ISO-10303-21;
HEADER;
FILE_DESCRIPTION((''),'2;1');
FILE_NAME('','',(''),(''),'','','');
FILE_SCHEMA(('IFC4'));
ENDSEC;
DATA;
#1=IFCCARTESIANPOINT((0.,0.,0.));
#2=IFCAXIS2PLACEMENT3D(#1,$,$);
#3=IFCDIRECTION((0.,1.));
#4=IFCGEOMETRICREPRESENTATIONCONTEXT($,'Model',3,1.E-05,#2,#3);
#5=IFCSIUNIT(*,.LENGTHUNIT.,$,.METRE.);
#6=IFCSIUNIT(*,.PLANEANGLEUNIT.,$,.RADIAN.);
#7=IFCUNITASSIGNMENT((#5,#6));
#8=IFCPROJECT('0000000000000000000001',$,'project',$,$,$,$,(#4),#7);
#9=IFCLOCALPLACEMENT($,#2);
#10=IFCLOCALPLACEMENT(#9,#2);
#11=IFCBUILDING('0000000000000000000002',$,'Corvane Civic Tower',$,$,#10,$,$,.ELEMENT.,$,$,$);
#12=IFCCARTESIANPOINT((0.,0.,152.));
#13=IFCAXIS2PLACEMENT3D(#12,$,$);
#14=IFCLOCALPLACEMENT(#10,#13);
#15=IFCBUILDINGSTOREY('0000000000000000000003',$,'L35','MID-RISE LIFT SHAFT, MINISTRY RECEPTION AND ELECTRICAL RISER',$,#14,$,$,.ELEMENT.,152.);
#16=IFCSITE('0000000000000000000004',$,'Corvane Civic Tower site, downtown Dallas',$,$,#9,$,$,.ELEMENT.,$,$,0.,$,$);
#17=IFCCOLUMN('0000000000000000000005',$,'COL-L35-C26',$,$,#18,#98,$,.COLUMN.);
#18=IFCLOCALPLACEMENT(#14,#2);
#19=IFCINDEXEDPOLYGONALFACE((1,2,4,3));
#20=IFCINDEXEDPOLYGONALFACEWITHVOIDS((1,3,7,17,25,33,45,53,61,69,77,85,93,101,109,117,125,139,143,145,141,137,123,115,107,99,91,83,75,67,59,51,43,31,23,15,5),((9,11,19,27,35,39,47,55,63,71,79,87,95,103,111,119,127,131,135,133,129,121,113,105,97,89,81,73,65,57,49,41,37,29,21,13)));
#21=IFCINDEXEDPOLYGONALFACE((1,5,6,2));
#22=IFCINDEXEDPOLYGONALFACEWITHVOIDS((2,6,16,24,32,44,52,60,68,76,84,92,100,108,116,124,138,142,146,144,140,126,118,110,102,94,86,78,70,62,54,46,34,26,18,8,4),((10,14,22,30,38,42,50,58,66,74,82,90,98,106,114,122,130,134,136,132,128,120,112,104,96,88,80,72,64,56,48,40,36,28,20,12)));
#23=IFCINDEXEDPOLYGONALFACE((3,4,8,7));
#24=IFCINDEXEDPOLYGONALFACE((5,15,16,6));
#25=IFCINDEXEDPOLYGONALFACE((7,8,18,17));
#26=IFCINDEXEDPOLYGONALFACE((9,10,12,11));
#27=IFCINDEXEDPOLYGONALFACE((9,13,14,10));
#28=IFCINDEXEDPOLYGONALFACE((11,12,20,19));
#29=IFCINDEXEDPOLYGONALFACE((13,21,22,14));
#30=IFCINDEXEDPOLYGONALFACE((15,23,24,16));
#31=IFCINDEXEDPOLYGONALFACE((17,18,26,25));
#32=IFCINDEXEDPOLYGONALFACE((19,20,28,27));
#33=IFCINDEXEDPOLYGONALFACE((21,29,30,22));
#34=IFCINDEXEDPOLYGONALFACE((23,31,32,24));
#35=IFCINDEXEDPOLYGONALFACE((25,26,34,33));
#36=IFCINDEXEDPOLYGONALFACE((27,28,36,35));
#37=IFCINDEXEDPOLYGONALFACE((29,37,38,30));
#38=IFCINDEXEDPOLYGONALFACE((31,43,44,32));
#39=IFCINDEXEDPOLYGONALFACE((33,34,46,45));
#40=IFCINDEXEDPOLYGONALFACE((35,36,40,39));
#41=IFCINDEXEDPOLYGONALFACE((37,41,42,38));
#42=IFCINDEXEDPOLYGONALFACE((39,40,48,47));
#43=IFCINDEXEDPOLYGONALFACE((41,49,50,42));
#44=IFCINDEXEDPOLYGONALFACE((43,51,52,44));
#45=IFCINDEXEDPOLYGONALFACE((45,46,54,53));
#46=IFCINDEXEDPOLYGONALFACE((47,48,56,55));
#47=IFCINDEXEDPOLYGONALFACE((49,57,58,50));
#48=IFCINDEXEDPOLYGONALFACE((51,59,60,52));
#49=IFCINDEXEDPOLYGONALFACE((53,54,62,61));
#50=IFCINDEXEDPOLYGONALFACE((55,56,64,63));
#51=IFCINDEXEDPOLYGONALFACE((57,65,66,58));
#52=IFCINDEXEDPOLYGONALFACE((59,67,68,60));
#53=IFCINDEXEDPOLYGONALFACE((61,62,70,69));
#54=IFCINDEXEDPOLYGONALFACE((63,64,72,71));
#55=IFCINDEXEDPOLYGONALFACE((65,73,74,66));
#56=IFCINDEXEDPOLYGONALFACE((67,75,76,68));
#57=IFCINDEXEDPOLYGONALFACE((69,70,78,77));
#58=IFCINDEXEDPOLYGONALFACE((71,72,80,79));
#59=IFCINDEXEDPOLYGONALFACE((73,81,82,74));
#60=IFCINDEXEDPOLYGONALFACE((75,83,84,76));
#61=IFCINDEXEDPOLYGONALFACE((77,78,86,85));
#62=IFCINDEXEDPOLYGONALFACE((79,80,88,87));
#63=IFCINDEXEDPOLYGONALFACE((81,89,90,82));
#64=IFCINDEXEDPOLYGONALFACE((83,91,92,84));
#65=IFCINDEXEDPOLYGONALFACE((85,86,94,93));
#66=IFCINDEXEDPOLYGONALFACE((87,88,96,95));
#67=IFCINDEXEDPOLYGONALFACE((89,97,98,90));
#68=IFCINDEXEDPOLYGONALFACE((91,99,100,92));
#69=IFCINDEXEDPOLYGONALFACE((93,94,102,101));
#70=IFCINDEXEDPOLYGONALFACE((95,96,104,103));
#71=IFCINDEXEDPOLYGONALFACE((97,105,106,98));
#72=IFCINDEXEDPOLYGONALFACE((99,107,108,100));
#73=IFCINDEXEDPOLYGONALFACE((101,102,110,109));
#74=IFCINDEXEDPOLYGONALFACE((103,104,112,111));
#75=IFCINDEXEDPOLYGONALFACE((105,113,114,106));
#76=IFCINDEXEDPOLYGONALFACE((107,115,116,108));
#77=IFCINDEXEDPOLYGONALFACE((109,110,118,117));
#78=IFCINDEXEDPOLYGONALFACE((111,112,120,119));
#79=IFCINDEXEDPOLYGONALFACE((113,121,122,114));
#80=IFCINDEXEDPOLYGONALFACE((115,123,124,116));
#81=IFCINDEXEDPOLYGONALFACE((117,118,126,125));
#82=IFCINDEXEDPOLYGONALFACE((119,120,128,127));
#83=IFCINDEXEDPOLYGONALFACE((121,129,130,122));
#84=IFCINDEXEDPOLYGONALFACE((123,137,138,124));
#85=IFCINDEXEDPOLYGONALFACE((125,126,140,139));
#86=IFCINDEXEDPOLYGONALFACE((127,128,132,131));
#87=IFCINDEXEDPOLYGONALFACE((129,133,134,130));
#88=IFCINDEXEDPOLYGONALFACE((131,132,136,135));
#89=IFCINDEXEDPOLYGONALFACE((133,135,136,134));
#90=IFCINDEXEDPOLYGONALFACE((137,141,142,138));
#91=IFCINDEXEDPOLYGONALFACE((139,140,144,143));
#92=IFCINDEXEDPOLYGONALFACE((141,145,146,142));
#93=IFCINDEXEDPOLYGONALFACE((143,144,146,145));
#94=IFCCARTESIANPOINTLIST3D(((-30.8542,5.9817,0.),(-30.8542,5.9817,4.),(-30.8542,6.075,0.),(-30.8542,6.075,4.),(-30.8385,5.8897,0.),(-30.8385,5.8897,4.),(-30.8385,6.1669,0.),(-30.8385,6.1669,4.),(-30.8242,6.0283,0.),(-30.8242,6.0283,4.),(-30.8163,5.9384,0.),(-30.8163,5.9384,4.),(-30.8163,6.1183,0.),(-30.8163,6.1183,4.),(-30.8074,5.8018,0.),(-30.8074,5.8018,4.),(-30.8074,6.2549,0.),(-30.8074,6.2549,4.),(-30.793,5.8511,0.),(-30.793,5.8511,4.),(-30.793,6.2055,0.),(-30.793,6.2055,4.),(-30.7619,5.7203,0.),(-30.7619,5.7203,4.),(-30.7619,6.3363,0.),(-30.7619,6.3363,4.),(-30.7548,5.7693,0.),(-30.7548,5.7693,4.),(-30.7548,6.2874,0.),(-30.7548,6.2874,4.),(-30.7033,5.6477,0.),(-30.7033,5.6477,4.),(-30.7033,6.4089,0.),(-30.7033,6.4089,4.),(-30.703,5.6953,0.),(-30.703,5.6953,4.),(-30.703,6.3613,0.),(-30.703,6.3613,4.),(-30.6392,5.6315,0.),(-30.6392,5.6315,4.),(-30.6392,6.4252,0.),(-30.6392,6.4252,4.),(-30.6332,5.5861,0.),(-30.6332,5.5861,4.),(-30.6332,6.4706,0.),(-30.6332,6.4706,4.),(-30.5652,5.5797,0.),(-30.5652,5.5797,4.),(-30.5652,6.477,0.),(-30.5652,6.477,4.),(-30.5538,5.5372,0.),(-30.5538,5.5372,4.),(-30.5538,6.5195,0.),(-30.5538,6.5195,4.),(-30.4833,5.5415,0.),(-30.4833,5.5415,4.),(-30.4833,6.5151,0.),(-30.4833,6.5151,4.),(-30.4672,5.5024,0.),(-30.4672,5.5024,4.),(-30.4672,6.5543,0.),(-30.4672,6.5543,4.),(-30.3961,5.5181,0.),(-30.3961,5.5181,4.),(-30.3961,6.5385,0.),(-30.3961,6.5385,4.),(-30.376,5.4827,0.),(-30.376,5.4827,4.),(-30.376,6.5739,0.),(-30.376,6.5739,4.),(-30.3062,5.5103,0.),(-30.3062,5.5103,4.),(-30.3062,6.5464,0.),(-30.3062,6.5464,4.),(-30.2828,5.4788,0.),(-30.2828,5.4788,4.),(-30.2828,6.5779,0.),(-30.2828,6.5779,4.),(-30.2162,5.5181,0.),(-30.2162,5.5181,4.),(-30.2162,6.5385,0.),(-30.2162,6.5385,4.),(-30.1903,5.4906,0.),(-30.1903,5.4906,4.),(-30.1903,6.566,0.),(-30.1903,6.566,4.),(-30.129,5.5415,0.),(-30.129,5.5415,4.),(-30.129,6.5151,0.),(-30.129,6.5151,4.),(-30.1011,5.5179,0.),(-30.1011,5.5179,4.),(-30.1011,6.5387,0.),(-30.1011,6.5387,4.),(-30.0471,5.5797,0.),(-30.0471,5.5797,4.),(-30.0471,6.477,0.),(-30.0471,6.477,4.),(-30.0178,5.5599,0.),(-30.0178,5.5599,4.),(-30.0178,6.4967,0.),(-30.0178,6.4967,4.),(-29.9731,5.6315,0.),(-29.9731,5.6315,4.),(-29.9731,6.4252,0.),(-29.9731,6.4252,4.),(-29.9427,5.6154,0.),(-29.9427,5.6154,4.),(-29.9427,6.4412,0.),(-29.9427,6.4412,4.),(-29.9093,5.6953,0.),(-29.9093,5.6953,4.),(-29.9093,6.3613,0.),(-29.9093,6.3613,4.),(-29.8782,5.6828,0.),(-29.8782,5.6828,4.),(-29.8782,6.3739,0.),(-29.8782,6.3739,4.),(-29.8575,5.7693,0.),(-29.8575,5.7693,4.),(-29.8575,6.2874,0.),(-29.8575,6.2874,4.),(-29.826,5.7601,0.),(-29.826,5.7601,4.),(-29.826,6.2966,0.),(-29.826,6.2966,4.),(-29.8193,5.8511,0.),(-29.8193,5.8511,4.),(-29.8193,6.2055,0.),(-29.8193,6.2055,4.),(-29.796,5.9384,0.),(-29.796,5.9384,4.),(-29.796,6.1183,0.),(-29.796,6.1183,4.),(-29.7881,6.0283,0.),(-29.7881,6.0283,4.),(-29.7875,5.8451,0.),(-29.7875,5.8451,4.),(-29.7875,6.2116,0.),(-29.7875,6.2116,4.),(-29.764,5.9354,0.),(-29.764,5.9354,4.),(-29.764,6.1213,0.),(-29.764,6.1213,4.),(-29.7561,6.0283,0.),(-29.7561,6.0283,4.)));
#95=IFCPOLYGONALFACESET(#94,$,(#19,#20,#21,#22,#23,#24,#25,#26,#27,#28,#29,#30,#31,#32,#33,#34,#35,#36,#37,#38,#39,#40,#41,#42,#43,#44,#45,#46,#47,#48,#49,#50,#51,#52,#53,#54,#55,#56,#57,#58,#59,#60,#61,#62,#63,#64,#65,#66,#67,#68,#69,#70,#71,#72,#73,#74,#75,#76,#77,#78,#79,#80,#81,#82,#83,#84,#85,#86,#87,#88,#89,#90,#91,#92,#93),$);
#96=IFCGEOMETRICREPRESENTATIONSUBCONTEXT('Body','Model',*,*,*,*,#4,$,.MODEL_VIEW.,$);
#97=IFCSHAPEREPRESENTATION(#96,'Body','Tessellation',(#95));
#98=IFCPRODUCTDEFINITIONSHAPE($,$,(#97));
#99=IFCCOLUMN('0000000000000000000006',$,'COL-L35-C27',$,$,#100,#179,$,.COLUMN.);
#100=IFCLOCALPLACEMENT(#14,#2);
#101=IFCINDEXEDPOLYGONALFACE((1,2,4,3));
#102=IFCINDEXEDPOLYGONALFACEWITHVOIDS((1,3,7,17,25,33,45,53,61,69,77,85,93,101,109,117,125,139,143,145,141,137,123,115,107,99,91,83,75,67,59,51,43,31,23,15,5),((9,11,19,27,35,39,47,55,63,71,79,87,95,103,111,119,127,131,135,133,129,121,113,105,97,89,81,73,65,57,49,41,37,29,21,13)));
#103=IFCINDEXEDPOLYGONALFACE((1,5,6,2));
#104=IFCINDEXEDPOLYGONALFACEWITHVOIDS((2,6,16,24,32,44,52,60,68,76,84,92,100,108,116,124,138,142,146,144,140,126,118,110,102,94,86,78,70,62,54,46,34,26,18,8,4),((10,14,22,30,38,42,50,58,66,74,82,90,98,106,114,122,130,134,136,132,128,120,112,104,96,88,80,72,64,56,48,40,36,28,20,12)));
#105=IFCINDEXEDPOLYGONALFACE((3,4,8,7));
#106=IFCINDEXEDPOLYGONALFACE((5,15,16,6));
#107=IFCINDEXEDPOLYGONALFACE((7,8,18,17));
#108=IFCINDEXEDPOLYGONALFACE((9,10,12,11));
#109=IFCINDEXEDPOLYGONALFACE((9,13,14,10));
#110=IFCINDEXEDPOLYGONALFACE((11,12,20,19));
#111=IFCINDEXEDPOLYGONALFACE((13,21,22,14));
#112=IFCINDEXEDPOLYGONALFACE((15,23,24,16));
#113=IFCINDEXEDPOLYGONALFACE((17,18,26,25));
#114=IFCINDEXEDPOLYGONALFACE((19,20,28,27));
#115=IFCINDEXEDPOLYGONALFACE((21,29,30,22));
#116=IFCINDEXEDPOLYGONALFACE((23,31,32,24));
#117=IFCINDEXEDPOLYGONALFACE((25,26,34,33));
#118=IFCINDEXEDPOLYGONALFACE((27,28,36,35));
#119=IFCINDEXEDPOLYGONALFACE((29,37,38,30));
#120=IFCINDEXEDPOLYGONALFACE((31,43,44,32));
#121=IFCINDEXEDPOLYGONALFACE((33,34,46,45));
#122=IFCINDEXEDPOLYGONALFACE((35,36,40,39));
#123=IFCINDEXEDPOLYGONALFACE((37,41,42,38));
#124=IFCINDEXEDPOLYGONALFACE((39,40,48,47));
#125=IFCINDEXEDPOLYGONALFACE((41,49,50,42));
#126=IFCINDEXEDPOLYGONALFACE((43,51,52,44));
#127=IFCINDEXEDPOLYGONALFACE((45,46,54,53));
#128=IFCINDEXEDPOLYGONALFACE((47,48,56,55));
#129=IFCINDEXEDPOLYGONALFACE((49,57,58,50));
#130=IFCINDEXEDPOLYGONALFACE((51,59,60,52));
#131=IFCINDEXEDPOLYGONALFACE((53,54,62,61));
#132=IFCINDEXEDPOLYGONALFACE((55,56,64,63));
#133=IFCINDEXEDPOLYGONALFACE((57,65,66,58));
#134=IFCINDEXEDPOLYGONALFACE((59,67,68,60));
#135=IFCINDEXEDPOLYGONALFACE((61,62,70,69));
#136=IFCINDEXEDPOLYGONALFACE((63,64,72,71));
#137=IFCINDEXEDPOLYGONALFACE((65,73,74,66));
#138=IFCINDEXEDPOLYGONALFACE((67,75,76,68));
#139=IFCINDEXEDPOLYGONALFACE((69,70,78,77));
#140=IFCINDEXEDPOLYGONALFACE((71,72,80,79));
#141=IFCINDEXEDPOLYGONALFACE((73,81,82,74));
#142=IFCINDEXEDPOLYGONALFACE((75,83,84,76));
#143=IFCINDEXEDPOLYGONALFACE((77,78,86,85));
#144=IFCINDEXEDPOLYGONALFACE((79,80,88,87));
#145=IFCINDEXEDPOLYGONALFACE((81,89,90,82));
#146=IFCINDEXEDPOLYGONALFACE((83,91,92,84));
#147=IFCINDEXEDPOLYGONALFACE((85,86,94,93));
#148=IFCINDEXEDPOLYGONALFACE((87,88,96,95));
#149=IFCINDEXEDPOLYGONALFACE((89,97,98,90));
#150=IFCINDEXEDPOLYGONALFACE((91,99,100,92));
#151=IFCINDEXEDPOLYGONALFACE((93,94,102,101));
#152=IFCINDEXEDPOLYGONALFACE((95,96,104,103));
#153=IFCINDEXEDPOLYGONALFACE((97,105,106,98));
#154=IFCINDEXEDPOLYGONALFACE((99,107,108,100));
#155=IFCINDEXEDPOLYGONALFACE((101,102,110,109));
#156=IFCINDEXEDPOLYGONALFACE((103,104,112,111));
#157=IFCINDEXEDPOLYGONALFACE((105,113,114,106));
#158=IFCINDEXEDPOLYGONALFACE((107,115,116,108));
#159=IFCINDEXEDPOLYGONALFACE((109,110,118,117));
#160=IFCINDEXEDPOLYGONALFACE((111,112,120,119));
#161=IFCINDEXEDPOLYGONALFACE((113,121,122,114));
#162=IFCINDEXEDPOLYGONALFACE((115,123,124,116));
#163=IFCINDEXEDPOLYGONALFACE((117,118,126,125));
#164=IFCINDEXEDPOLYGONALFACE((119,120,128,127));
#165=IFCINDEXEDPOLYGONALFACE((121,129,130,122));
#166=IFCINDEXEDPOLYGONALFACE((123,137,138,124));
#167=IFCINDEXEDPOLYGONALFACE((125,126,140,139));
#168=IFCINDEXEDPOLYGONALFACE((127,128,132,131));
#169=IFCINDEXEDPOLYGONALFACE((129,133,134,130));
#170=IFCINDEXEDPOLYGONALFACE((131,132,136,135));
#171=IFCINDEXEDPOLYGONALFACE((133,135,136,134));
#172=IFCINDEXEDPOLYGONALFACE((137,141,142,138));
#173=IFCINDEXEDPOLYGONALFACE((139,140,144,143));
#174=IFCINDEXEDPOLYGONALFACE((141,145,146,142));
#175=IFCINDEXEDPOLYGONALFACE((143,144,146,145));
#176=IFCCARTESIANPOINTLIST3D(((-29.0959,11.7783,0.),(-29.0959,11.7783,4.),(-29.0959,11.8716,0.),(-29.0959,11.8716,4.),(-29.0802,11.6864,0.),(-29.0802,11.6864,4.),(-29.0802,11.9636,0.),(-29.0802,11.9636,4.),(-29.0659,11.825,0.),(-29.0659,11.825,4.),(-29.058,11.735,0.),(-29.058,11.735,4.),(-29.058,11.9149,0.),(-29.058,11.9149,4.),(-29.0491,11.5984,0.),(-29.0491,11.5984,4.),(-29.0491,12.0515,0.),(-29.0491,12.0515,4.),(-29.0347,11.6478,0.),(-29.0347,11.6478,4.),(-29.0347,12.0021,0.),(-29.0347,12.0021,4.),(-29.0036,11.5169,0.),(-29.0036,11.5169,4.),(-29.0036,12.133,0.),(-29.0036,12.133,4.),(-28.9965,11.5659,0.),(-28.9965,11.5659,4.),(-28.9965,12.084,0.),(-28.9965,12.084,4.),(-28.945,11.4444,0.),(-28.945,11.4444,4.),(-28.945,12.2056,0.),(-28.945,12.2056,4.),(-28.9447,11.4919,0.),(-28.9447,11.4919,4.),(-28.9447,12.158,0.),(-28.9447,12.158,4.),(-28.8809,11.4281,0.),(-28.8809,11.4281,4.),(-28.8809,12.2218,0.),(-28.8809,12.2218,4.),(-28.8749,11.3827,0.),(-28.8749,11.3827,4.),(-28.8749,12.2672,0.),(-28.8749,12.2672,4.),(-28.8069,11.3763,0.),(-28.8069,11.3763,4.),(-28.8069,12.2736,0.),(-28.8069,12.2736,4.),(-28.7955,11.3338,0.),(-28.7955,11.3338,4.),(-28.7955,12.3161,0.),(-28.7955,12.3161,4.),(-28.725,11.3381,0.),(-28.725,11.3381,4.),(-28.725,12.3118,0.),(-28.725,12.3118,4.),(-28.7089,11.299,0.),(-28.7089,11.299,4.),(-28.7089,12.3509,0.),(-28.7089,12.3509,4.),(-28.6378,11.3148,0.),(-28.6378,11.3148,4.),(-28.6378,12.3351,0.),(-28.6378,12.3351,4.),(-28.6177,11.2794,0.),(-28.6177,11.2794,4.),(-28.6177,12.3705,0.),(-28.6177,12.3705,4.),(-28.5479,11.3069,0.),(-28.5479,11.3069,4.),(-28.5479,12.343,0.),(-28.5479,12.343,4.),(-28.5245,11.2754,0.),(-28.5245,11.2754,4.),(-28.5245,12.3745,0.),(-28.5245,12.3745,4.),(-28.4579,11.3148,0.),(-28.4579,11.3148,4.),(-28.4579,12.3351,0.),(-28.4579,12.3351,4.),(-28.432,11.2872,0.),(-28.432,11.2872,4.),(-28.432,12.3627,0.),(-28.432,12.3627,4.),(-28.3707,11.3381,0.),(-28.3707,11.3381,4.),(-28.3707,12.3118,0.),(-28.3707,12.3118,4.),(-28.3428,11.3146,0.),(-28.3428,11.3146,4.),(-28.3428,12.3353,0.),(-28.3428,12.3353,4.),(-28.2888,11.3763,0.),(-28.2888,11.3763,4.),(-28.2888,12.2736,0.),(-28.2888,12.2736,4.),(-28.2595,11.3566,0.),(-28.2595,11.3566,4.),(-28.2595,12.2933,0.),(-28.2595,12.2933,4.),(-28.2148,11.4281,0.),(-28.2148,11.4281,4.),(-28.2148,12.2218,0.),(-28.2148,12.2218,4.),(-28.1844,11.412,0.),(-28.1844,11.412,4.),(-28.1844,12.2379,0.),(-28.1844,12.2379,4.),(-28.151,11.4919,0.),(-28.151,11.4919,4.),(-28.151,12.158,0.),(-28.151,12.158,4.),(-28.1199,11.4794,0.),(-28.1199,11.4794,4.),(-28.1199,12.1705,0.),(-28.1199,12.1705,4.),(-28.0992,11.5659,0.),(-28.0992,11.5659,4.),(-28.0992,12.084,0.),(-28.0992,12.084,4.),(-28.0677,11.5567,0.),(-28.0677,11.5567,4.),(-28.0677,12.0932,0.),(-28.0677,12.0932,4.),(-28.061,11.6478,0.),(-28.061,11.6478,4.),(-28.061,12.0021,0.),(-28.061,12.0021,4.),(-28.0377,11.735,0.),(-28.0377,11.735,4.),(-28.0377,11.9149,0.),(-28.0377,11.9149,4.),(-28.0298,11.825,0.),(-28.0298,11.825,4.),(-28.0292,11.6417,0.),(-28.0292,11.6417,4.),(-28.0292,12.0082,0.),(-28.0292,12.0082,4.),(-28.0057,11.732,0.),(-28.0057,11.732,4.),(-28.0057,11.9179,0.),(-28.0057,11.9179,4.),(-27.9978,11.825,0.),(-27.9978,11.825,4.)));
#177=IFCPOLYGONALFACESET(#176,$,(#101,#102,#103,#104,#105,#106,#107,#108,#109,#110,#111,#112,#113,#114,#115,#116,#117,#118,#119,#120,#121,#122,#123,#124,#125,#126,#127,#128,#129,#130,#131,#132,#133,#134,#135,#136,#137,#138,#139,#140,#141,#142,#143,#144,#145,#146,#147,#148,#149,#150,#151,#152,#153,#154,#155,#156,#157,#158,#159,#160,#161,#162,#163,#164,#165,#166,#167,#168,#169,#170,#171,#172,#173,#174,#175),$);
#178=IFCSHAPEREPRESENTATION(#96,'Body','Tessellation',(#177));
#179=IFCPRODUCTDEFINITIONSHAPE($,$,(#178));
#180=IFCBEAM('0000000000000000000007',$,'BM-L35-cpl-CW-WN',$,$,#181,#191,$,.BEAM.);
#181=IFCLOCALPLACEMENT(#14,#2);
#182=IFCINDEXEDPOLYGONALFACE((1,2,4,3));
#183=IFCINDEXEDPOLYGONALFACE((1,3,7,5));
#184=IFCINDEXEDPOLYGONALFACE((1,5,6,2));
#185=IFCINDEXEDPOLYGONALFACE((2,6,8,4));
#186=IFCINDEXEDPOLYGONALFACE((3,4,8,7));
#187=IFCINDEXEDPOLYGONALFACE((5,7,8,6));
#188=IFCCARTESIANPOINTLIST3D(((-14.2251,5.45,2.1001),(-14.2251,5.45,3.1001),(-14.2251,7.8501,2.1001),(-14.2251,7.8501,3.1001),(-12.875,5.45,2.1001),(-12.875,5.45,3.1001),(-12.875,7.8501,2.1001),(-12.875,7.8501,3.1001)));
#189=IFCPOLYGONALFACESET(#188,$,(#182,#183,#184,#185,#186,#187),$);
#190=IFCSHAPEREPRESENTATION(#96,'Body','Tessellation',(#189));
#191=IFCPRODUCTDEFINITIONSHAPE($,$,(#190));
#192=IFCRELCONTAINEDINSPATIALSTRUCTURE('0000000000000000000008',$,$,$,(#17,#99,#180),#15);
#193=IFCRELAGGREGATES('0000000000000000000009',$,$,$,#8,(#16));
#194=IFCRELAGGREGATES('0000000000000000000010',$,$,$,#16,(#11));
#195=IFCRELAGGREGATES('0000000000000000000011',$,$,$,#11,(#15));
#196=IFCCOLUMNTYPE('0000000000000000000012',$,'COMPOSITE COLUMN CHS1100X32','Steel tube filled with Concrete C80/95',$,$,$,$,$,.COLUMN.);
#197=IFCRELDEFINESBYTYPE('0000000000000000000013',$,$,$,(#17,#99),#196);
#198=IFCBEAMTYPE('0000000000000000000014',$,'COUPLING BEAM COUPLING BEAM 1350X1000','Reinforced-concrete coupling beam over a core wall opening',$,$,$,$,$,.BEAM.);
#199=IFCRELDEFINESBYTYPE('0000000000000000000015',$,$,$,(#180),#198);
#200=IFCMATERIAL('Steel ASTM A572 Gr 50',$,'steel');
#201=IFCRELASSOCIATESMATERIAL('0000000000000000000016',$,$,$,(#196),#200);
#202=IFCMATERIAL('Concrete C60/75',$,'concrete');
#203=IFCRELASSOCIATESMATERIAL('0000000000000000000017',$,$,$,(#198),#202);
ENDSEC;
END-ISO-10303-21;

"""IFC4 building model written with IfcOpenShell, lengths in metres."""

from ifc_helpers import new_model, si_unit, direction, frame, origin, origin_2d, place, context, subcontext, project, spatial, rectangle, hollow_circle, extrude, material, material_profile, profile_set, type_object, element, save


model = new_model("IFC4")

# Units and contexts
model_context = context("Model", 3, precision=1e-05, world=origin(), true_north=direction((0.0, 1.0)))
body_context = subcontext(model_context, "Body", "Model", "MODEL_VIEW")
ifc_project = project(units=[si_unit("LENGTHUNIT", "METRE"), si_unit("PLANEANGLEUNIT", "RADIAN")], contexts=[model_context])

# Site, building, storey
site_placement = place(None, origin())
site = spatial("IfcSite", under=ifc_project, at=site_placement, Name="Corvane Civic Tower site, downtown Dallas", CompositionType="ELEMENT", RefElevation=0.0)
building_placement = place(site_placement, origin())
building = spatial("IfcBuilding", under=site, at=building_placement, Name="Corvane Civic Tower", CompositionType="ELEMENT")
storey_placement = place(building_placement, frame((0.0, 0.0, 152.0)))
storey = spatial("IfcBuildingStorey", under=building, at=storey_placement, Name="L35", Description="MID-RISE LIFT SHAFT, MINISTRY RECEPTION AND ELECTRICAL RISER", CompositionType="ELEMENT", Elevation=152.0)

# Columns
ifc_material_1 = material(Name="Steel ASTM A572 Gr 50", Category="steel")
ifc_material_profile_1 = material_profile(ifc_material_1, hollow_circle(Radius=0.55, WallThickness=0.032, at=origin_2d()), Name="CHS1100X32")
ifc_profile_set_1 = profile_set([ifc_material_profile_1], Name="Steel ASTM A572 Gr 50")
column_type = type_object("IfcColumnType", Name="COMPOSITE COLUMN CHS1100X32", Description="Steel tube filled with Concrete C80/95", PredefinedType="COLUMN", material=ifc_profile_set_1)
for number, where, z_axis, x_axis, name in (
    (1, (-30.3062, 6.0283, 0.0), (0.0, 0.0, 1.0), (1.0, 0.0, 0.0), "COL-L35-C26"),
    (2, (-28.5479, 11.825, 0.0), (0.0, 0.0, 1.0), (1.0, 0.0, 0.0), "COL-L35-C27"),
):
    element("IfcColumn", number, at=place(storey_placement, frame(where, z_axis=z_axis, x_axis=x_axis)), inside=storey, type_object=column_type, Name=name, PredefinedType="COLUMN", context=body_context, shape_type="SweptSolid", body=[
        extrude(hollow_circle(Radius=0.55, WallThickness=0.032, at=origin_2d()), origin(), (0.0, 0.0, 1.0), 4.0),
    ])

# Beam
ifc_material_2 = material(Name="Concrete C60/75", Category="concrete")
ifc_material_profile_2 = material_profile(ifc_material_2, rectangle(XDim=1.3501, YDim=1.0, at=origin_2d()), Name="COUPLING BEAM 1350X1000")
ifc_profile_set_2 = profile_set([ifc_material_profile_2], Name="Concrete C60/75")
beam_type_1 = type_object("IfcBeamType", Name="COUPLING BEAM COUPLING BEAM 1350X1000", Description="Reinforced-concrete coupling beam over a core wall opening", PredefinedType="BEAM", material=ifc_profile_set_2)
beam_1_placement = place(storey_placement, frame((-13.55, 5.45, 2.6001), z_axis=(0.0, 1.0, 0.0), x_axis=(-1.0, 0.0, 0.0)))
element("IfcBeam", 3, at=beam_1_placement, inside=storey, type_object=beam_type_1, Name="BM-L35-cpl-CW-WN", PredefinedType="BEAM", context=body_context, shape_type="SweptSolid", body=[
    extrude(rectangle(XDim=1.3501, YDim=1.0, at=origin_2d()), origin(), (0.0, 0.0, 1.0), 2.4001),
])

save(model, "model.ifc")
